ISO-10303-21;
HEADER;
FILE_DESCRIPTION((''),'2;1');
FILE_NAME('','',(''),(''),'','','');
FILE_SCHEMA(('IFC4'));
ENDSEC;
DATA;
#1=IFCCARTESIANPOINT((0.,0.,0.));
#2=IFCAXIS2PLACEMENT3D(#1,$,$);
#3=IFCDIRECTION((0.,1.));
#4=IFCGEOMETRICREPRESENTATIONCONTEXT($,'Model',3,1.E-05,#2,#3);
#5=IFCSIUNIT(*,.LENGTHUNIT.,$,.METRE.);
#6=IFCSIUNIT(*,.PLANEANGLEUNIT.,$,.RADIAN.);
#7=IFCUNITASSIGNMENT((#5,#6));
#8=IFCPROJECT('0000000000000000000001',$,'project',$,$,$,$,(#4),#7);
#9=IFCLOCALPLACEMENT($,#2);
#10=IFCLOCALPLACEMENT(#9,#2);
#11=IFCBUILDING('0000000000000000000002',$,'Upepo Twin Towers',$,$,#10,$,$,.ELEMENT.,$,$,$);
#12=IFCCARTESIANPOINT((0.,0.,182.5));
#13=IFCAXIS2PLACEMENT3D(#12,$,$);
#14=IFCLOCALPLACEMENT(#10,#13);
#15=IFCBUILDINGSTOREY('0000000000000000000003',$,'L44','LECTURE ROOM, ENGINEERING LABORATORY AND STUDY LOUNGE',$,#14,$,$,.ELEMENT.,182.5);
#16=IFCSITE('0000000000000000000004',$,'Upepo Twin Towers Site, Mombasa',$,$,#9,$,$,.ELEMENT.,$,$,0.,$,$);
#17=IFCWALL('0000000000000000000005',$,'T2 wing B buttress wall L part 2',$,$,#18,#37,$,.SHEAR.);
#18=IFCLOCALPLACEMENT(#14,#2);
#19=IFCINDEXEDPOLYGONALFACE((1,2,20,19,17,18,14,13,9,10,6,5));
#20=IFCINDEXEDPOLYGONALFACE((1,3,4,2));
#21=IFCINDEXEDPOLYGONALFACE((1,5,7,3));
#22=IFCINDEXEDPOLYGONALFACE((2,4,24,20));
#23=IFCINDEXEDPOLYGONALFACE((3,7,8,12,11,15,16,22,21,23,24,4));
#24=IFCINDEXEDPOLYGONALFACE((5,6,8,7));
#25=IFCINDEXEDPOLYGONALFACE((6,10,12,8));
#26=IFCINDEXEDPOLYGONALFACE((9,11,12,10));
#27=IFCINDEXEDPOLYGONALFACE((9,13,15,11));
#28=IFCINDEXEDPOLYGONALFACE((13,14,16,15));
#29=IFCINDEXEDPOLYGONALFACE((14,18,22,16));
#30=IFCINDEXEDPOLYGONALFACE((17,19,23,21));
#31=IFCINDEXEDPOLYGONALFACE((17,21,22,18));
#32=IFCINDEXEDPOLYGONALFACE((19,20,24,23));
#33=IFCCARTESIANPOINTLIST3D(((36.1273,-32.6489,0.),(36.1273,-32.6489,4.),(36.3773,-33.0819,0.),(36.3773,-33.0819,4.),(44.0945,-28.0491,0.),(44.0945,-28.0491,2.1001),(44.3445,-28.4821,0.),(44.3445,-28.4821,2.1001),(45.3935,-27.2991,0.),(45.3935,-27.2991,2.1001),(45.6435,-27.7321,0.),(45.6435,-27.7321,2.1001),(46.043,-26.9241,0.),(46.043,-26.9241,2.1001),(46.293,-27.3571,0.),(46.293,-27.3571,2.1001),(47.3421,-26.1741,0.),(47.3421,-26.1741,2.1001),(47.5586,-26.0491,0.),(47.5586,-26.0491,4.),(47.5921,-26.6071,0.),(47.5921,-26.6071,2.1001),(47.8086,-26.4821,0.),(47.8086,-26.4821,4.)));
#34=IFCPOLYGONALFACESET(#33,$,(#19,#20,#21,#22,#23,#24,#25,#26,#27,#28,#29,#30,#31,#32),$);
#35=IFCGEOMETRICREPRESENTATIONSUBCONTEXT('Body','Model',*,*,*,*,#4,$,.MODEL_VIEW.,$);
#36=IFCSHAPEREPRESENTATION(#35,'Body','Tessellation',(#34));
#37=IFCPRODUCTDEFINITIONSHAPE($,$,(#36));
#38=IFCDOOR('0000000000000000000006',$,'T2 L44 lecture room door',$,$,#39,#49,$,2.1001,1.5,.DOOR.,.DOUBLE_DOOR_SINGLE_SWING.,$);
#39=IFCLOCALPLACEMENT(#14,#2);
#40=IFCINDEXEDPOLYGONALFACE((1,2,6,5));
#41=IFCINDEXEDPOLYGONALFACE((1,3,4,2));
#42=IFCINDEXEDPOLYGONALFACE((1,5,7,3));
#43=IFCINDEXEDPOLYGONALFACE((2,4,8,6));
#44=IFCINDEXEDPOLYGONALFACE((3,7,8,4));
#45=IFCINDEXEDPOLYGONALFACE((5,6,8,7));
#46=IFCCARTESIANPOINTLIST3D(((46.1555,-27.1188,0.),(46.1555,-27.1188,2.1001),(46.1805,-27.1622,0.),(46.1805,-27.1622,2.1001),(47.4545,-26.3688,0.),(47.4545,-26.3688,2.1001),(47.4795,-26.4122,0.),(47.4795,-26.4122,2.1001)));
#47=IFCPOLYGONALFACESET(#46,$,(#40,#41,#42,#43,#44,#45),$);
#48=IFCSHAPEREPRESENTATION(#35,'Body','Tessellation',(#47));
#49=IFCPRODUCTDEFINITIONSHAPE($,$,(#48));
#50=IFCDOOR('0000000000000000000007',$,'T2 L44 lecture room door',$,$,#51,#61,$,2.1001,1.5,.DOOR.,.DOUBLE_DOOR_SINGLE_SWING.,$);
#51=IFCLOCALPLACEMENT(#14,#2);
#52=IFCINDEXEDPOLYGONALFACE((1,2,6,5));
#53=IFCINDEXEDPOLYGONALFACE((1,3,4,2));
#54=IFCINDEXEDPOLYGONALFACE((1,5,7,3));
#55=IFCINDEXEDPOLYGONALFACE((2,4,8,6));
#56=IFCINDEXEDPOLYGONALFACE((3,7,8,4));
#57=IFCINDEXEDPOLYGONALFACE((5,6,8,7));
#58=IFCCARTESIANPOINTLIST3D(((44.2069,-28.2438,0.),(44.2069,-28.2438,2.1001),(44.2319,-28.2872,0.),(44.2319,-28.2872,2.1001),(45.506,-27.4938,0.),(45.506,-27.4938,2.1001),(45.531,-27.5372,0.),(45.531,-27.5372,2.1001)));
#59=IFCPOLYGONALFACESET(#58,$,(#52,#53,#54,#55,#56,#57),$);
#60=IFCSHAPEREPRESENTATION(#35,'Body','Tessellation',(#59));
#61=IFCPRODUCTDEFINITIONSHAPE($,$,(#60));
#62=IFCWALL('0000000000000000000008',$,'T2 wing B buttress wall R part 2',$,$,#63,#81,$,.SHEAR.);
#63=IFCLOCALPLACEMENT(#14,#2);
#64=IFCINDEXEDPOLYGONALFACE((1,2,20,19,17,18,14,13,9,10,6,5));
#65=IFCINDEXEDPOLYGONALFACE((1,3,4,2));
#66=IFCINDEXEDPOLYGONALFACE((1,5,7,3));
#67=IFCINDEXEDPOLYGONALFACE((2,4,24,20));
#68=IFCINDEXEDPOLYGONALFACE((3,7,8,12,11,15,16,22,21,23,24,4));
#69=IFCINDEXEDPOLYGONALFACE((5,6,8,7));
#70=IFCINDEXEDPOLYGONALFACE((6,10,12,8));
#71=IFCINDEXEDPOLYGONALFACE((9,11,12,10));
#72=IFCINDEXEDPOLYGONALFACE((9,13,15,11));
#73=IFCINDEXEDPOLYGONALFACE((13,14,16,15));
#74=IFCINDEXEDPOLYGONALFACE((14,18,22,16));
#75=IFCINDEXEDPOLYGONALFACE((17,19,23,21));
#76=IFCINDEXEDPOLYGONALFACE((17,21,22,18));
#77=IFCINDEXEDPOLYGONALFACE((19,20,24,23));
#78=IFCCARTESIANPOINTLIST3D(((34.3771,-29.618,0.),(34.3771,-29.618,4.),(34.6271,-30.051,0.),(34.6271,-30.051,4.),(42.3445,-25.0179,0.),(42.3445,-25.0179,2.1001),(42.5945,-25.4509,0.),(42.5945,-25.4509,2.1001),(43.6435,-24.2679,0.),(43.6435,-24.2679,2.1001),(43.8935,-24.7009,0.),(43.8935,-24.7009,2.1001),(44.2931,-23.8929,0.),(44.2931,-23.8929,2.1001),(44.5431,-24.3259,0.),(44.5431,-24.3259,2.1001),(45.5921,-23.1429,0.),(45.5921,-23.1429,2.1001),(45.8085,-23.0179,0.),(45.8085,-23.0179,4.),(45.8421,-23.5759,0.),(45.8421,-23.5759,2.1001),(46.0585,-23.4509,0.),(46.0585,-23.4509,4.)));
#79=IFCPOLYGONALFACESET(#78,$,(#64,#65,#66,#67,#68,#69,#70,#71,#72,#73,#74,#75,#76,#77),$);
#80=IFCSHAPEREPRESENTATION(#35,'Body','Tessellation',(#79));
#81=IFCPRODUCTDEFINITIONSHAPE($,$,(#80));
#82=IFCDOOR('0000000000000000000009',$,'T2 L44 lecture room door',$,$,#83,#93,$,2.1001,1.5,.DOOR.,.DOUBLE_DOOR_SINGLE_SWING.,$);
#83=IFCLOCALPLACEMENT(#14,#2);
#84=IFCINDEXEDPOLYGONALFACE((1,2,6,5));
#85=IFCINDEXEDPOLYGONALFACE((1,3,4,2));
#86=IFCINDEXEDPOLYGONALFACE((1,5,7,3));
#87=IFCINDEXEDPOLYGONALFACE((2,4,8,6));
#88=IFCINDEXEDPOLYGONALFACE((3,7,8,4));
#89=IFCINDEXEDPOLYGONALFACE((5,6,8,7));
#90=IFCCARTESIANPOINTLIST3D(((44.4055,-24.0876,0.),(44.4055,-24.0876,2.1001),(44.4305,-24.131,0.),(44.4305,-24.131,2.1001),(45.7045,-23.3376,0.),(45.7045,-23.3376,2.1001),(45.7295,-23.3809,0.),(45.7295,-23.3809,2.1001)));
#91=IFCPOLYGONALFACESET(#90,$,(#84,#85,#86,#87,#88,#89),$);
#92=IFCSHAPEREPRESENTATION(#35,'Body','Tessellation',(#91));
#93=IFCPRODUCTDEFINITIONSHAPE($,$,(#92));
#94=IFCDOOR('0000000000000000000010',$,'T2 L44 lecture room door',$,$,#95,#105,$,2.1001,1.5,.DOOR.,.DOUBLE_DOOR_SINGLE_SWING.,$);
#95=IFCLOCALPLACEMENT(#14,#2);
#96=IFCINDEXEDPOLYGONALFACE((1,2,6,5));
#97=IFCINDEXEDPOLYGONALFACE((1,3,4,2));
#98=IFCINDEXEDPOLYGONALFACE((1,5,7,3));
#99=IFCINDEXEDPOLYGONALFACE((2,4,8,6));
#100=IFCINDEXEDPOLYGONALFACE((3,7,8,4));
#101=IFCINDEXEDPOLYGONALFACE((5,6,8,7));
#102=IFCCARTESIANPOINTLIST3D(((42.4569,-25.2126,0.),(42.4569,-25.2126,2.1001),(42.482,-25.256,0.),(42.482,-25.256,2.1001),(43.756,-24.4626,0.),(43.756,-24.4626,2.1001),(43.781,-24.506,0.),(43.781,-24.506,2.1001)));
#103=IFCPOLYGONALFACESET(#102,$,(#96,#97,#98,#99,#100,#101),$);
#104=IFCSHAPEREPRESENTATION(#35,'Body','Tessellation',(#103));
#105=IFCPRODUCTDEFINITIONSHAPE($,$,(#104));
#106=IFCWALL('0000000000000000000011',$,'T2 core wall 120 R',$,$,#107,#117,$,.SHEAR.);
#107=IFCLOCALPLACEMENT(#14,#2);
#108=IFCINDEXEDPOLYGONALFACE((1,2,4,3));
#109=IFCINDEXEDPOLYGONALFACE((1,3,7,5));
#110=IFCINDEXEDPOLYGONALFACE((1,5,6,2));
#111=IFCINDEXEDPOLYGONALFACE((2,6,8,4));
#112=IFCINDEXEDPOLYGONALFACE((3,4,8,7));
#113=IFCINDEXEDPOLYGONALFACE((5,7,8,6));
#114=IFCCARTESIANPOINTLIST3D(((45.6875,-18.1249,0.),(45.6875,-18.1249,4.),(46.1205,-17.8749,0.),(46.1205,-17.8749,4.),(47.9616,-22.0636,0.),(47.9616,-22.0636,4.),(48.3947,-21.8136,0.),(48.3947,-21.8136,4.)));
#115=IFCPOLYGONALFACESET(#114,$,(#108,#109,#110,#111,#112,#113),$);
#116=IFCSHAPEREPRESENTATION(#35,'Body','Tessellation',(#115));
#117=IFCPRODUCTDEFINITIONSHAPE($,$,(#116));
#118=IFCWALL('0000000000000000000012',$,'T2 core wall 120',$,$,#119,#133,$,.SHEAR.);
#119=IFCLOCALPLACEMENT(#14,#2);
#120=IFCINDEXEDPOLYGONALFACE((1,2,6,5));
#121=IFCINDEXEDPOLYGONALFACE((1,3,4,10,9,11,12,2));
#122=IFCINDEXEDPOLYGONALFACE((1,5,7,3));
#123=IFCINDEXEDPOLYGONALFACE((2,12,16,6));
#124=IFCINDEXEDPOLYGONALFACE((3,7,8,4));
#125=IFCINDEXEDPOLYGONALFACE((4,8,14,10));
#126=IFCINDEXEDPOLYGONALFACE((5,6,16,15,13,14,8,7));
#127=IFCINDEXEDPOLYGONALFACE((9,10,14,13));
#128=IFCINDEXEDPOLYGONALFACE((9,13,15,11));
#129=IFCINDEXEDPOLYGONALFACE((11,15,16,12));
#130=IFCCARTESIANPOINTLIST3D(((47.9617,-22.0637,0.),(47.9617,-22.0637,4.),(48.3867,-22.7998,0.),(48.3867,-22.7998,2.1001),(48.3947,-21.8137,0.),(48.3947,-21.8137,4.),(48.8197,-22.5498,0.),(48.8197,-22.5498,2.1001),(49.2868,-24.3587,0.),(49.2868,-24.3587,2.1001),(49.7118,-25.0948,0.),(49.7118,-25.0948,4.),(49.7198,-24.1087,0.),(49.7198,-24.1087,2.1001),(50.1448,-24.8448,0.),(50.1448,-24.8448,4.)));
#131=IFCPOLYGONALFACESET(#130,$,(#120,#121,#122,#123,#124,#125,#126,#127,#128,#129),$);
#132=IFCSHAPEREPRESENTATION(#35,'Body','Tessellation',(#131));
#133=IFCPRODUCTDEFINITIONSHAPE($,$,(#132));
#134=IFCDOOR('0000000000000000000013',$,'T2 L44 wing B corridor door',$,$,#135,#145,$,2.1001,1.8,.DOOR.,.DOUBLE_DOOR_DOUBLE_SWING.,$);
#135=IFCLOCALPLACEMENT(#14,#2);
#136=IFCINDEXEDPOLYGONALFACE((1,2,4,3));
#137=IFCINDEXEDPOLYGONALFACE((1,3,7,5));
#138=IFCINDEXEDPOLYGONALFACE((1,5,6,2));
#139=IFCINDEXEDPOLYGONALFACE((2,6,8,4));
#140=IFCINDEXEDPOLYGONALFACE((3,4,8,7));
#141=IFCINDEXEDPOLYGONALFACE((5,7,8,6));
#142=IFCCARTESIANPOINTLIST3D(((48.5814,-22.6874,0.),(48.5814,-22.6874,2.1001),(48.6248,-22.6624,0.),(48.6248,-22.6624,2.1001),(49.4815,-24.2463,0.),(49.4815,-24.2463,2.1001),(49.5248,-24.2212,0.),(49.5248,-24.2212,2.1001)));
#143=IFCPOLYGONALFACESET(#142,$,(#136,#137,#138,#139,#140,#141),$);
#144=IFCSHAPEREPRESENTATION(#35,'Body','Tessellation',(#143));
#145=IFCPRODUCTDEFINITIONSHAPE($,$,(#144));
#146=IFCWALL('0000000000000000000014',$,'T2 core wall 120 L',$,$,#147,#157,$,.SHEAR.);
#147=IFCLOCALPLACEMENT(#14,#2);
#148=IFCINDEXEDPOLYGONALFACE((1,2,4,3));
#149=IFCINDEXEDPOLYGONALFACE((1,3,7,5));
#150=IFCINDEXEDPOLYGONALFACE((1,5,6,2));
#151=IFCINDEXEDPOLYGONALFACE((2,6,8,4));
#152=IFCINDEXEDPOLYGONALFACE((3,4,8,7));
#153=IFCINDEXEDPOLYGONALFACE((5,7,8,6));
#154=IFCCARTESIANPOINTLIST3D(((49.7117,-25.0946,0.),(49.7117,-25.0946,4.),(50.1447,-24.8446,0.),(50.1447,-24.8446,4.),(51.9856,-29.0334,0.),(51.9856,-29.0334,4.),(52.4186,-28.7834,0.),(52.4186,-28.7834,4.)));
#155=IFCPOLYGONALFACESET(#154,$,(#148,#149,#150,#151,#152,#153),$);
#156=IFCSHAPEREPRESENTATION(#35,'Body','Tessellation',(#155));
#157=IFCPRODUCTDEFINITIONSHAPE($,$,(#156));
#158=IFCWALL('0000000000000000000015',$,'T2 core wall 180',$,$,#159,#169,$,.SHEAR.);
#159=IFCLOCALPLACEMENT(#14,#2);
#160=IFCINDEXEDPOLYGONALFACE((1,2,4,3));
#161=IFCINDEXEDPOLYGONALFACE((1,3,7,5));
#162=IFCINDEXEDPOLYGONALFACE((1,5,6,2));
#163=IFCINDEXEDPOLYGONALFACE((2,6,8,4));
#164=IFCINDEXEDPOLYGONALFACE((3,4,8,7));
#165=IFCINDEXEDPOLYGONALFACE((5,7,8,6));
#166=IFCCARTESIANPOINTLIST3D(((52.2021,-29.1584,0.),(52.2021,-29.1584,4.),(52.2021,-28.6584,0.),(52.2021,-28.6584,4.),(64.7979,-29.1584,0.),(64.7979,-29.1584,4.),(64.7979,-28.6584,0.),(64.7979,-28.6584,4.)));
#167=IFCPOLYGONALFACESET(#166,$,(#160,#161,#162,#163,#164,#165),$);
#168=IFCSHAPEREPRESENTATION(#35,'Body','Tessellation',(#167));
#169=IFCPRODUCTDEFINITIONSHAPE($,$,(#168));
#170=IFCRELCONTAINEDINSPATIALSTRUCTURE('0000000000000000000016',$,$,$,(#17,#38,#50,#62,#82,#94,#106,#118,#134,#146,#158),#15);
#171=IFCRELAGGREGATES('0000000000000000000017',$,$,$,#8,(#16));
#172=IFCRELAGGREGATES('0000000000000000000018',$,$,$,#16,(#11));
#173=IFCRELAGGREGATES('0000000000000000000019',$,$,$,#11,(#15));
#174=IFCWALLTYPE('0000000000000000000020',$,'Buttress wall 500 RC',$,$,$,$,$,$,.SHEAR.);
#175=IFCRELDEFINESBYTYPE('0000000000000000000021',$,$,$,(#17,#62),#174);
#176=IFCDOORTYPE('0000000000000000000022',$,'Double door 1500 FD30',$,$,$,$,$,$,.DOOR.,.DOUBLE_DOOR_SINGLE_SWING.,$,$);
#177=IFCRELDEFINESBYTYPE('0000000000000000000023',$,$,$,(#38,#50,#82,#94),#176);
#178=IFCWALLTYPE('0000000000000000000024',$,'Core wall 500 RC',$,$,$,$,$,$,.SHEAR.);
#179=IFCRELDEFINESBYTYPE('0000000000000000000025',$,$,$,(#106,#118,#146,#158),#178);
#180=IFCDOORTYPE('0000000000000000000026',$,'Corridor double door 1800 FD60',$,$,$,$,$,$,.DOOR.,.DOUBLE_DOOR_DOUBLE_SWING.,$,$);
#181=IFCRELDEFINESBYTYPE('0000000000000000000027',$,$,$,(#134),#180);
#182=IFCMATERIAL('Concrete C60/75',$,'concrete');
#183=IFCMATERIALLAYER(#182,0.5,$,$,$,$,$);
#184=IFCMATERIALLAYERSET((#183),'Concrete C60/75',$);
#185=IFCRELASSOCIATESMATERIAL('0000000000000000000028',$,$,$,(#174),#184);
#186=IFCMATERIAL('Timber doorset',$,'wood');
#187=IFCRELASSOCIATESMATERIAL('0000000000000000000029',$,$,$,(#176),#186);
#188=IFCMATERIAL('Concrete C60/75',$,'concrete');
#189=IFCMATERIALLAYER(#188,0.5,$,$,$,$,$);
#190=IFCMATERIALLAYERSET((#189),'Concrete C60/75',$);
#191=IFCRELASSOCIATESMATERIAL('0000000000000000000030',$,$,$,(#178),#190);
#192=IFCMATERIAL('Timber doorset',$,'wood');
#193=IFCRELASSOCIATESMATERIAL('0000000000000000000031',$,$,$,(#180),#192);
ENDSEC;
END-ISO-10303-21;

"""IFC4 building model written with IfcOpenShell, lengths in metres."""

from ifc_helpers import new_model, si_unit, direction, frame, frame_2d, origin, place, context, subcontext, project, spatial, rectangle, extrude, material, layer, layer_set, type_object, element, fill, save


model = new_model("IFC4")

# Units and contexts
model_context = context("Model", 3, precision=1e-05, world=origin(), true_north=direction((0.0, 1.0)))
body_context = subcontext(model_context, "Body", "Model", "MODEL_VIEW")
ifc_project = project(units=[si_unit("LENGTHUNIT", "METRE"), si_unit("PLANEANGLEUNIT", "RADIAN")], contexts=[model_context])

# Site, building, storey
site_placement = place(None, origin())
site = spatial("IfcSite", under=ifc_project, at=site_placement, Name="Upepo Twin Towers Site, Mombasa", CompositionType="ELEMENT", RefElevation=0.0)
building_placement = place(site_placement, origin())
building = spatial("IfcBuilding", under=site, at=building_placement, Name="Upepo Twin Towers", CompositionType="ELEMENT")
storey_placement = place(building_placement, frame((0.0, 0.0, 182.5)))
storey = spatial("IfcBuildingStorey", under=building, at=storey_placement, Name="L44", Description="LECTURE ROOM, ENGINEERING LABORATORY AND STUDY LOUNGE", CompositionType="ELEMENT", Elevation=182.5)

# Walls, openings, doors
ifc_material_1 = material(Name="Concrete C60/75", Category="concrete")
ifc_layer_1 = layer(ifc_material_1, 0.5)
ifc_layer_set_1 = layer_set([ifc_layer_1], Name="Concrete C60/75")
wall_type_1 = type_object("IfcWallType", Name="Buttress wall 500 RC", PredefinedType="SHEAR", material=ifc_layer_set_1)
wall_1_placement = place(storey_placement, frame((47.6836, -26.2656, 0.0), z_axis=(0.0, 0.0, 1.0), x_axis=(-0.866028, -0.499996, 0.0)))
wall_1 = element("IfcWall", 1, at=wall_1_placement, inside=storey, type_object=wall_type_1, Name="T2 wing B buttress wall L part 2", PredefinedType="SHEAR", context=body_context, shape_type="SweptSolid", body=[
    extrude(rectangle(XDim=13.1997, YDim=0.5, at=frame_2d((6.5999, 0.0))), origin(), (0.0, 0.0, 1.0), 4.0),
])
opening_1_placement = place(wall_1_placement, frame((0.25, 0.0, 0.0)))
opening_1 = element("IfcOpeningElement", 2, at=opening_1_placement, cuts=wall_1, PredefinedType="OPENING", context=body_context, shape_type="SweptSolid", body=[
    extrude(rectangle(XDim=1.5, YDim=2.1001, at=frame_2d((0.75, 1.05))), frame((0.0, 0.26, 0.0), z_axis=(0.0, -1.0, 0.0), x_axis=(1.0, 0.0, 0.0)), (0.0, 0.0, 1.0), 0.52),
])
opening_2_placement = place(wall_1_placement, frame((2.5, 0.0, 0.0)))
opening_2 = element("IfcOpeningElement", 3, at=opening_2_placement, cuts=wall_1, PredefinedType="OPENING", context=body_context, shape_type="SweptSolid", body=[
    extrude(rectangle(XDim=1.5, YDim=2.1001, at=frame_2d((0.75, 1.05))), frame((0.0, 0.26, 0.0), z_axis=(0.0, -1.0, 0.0), x_axis=(1.0, 0.0, 0.0)), (0.0, 0.0, 1.0), 0.52),
])
ifc_material_2 = material(Name="Timber doorset", Category="wood")
door_type_1 = type_object("IfcDoorType", Name="Double door 1500 FD30", OperationType="DOUBLE_DOOR_SINGLE_SWING", PredefinedType="DOOR", material=ifc_material_2)
door_1_placement = place(opening_1_placement, origin())
door_1 = element("IfcDoor", 4, at=door_1_placement, inside=storey, type_object=door_type_1, Name="T2 L44 lecture room door", OperationType="DOUBLE_DOOR_SINGLE_SWING", OverallHeight=2.1001, OverallWidth=1.5, PredefinedType="DOOR", context=body_context, shape_type="SweptSolid", body=[
    extrude(rectangle(XDim=1.5, YDim=2.1001, at=frame_2d((0.75, 1.05))), frame((0.0, 0.0249, 0.0), z_axis=(0.0, -1.0, 0.0), x_axis=(1.0, 0.0, 0.0)), (0.0, 0.0, 1.0), 0.05),
])
fill(opening_1, door_1)
door_2_placement = place(opening_2_placement, origin())
door_2 = element("IfcDoor", 5, at=door_2_placement, inside=storey, type_object=door_type_1, Name="T2 L44 lecture room door", OperationType="DOUBLE_DOOR_SINGLE_SWING", OverallHeight=2.1001, OverallWidth=1.5, PredefinedType="DOOR", context=body_context, shape_type="SweptSolid", body=[
    extrude(rectangle(XDim=1.5, YDim=2.1001, at=frame_2d((0.75, 1.05))), frame((0.0, 0.0249, 0.0), z_axis=(0.0, -1.0, 0.0), x_axis=(1.0, 0.0, 0.0)), (0.0, 0.0, 1.0), 0.05),
])
fill(opening_2, door_2)
wall_2_placement = place(storey_placement, frame((45.9336, -23.2344, 0.0), z_axis=(0.0, 0.0, 1.0), x_axis=(-0.86602, -0.50001, 0.0)))
wall_2 = element("IfcWall", 6, at=wall_2_placement, inside=storey, type_object=wall_type_1, Name="T2 wing B buttress wall R part 2", PredefinedType="SHEAR", context=body_context, shape_type="SweptSolid", body=[
    extrude(rectangle(XDim=13.2, YDim=0.5, at=frame_2d((6.6001, 0.0))), origin(), (0.0, 0.0, 1.0), 4.0),
])
opening_3_placement = place(wall_2_placement, frame((0.25, 0.0, 0.0)))
opening_3 = element("IfcOpeningElement", 7, at=opening_3_placement, cuts=wall_2, PredefinedType="OPENING", context=body_context, shape_type="SweptSolid", body=[
    extrude(rectangle(XDim=1.5, YDim=2.1001, at=frame_2d((0.75, 1.05))), frame((0.0, 0.26, 0.0), z_axis=(0.0, -1.0, 0.0), x_axis=(1.0, 0.0, 0.0)), (0.0, 0.0, 1.0), 0.52),
])
opening_4_placement = place(wall_2_placement, frame((2.5, 0.0, 0.0)))
opening_4 = element("IfcOpeningElement", 8, at=opening_4_placement, cuts=wall_2, PredefinedType="OPENING", context=body_context, shape_type="SweptSolid", body=[
    extrude(rectangle(XDim=1.5, YDim=2.1001, at=frame_2d((0.75, 1.05))), frame((0.0, 0.26, 0.0), z_axis=(0.0, -1.0, 0.0), x_axis=(1.0, 0.0, 0.0)), (0.0, 0.0, 1.0), 0.52),
])
door_3_placement = place(opening_3_placement, origin())
door_3 = element("IfcDoor", 9, at=door_3_placement, inside=storey, type_object=door_type_1, Name="T2 L44 lecture room door", OperationType="DOUBLE_DOOR_SINGLE_SWING", OverallHeight=2.1001, OverallWidth=1.5, PredefinedType="DOOR", context=body_context, shape_type="SweptSolid", body=[
    extrude(rectangle(XDim=1.5, YDim=2.1001, at=frame_2d((0.75, 1.05))), frame((0.0, 0.0249, 0.0), z_axis=(0.0, -1.0, 0.0), x_axis=(1.0, 0.0, 0.0)), (0.0, 0.0, 1.0), 0.05),
])
fill(opening_3, door_3)
door_4_placement = place(opening_4_placement, origin())
door_4 = element("IfcDoor", 10, at=door_4_placement, inside=storey, type_object=door_type_1, Name="T2 L44 lecture room door", OperationType="DOUBLE_DOOR_SINGLE_SWING", OverallHeight=2.1001, OverallWidth=1.5, PredefinedType="DOOR", context=body_context, shape_type="SweptSolid", body=[
    extrude(rectangle(XDim=1.5, YDim=2.1001, at=frame_2d((0.75, 1.05))), frame((0.0, 0.0249, 0.0), z_axis=(0.0, -1.0, 0.0), x_axis=(1.0, 0.0, 0.0)), (0.0, 0.0, 1.0), 0.05),
])
fill(opening_4, door_4)

# Wall
ifc_material_3 = material(Name="Concrete C60/75", Category="concrete")
ifc_layer_2 = layer(ifc_material_3, 0.5)
ifc_layer_set_2 = layer_set([ifc_layer_2], Name="Concrete C60/75")
wall_type_2 = type_object("IfcWallType", Name="Core wall 500 RC", PredefinedType="SHEAR", material=ifc_layer_set_2)
wall_3_placement = place(storey_placement, frame((45.9041, -18.0, 0.0), z_axis=(0.0, 0.0, 1.0), x_axis=(0.500024, -0.866011, 0.0)))
element("IfcWall", 11, at=wall_3_placement, inside=storey, type_object=wall_type_2, Name="T2 core wall 120 R", PredefinedType="SHEAR", context=body_context, shape_type="SweptSolid", body=[
    extrude(rectangle(XDim=4.5481, YDim=0.5, at=frame_2d((2.2739, 0.0))), origin(), (0.0, 0.0, 1.0), 4.0),
])

# Wall, opening, door
wall_4_placement = place(storey_placement, frame((48.1782, -21.9387, 0.0), z_axis=(0.0, 0.0, 1.0), x_axis=(0.50001, -0.866019, 0.0)))
wall_4 = element("IfcWall", 12, at=wall_4_placement, inside=storey, type_object=wall_type_2, Name="T2 core wall 120", PredefinedType="SHEAR", context=body_context, shape_type="SweptSolid", body=[
    extrude(rectangle(XDim=3.5, YDim=0.5, at=frame_2d((1.75, 0.0))), origin(), (0.0, 0.0, 1.0), 4.0),
])
opening_5_placement = place(wall_4_placement, frame((0.8501, 0.0, 0.0)))
opening_5 = element("IfcOpeningElement", 13, at=opening_5_placement, cuts=wall_4, PredefinedType="OPENING", context=body_context, shape_type="SweptSolid", body=[
    extrude(rectangle(XDim=1.8, YDim=2.1001, at=frame_2d((0.8999, 1.05))), frame((0.0, 0.26, 0.0), z_axis=(0.0, -1.0, 0.0), x_axis=(1.0, 0.0, 0.0)), (0.0, 0.0, 1.0), 0.52),
])
ifc_material_4 = material(Name="Timber doorset", Category="wood")
door_type_2 = type_object("IfcDoorType", Name="Corridor double door 1800 FD60", OperationType="DOUBLE_DOOR_DOUBLE_SWING", PredefinedType="DOOR", material=ifc_material_4)
door_5_placement = place(opening_5_placement, origin())
door_5 = element("IfcDoor", 14, at=door_5_placement, inside=storey, type_object=door_type_2, Name="T2 L44 wing B corridor door", OperationType="DOUBLE_DOOR_DOUBLE_SWING", OverallHeight=2.1001, OverallWidth=1.8, PredefinedType="DOOR", context=body_context, shape_type="SweptSolid", body=[
    extrude(rectangle(XDim=1.8, YDim=2.1001, at=frame_2d((0.8999, 1.05))), frame((0.0, 0.0249, 0.0), z_axis=(0.0, -1.0, 0.0), x_axis=(1.0, 0.0, 0.0)), (0.0, 0.0, 1.0), 0.05),
])
fill(opening_5, door_5)

# Walls
wall_5_placement = place(storey_placement, frame((49.9282, -24.9697, 0.0), z_axis=(0.0, 0.0, 1.0), x_axis=(0.499984, -0.866035, 0.0)))
element("IfcWall", 15, at=wall_5_placement, inside=storey, type_object=wall_type_2, Name="T2 core wall 120 L", PredefinedType="SHEAR", context=body_context, shape_type="SweptSolid", body=[
    extrude(rectangle(XDim=4.5481, YDim=0.5, at=frame_2d((2.2739, 0.0))), origin(), (0.0, 0.0, 1.0), 4.0),
])
wall_6_placement = place(storey_placement, frame((52.2021, -28.9084, 0.0), z_axis=(0.0, 0.0, 1.0), x_axis=(1.0, 0.0, 0.0)))
element("IfcWall", 16, at=wall_6_placement, inside=storey, type_object=wall_type_2, Name="T2 core wall 180", PredefinedType="SHEAR", context=body_context, shape_type="SweptSolid", body=[
    extrude(rectangle(XDim=12.5957, YDim=0.5, at=frame_2d((6.2979, 0.0))), origin(), (0.0, 0.0, 1.0), 4.0),
])

save(model, "model.ifc")
